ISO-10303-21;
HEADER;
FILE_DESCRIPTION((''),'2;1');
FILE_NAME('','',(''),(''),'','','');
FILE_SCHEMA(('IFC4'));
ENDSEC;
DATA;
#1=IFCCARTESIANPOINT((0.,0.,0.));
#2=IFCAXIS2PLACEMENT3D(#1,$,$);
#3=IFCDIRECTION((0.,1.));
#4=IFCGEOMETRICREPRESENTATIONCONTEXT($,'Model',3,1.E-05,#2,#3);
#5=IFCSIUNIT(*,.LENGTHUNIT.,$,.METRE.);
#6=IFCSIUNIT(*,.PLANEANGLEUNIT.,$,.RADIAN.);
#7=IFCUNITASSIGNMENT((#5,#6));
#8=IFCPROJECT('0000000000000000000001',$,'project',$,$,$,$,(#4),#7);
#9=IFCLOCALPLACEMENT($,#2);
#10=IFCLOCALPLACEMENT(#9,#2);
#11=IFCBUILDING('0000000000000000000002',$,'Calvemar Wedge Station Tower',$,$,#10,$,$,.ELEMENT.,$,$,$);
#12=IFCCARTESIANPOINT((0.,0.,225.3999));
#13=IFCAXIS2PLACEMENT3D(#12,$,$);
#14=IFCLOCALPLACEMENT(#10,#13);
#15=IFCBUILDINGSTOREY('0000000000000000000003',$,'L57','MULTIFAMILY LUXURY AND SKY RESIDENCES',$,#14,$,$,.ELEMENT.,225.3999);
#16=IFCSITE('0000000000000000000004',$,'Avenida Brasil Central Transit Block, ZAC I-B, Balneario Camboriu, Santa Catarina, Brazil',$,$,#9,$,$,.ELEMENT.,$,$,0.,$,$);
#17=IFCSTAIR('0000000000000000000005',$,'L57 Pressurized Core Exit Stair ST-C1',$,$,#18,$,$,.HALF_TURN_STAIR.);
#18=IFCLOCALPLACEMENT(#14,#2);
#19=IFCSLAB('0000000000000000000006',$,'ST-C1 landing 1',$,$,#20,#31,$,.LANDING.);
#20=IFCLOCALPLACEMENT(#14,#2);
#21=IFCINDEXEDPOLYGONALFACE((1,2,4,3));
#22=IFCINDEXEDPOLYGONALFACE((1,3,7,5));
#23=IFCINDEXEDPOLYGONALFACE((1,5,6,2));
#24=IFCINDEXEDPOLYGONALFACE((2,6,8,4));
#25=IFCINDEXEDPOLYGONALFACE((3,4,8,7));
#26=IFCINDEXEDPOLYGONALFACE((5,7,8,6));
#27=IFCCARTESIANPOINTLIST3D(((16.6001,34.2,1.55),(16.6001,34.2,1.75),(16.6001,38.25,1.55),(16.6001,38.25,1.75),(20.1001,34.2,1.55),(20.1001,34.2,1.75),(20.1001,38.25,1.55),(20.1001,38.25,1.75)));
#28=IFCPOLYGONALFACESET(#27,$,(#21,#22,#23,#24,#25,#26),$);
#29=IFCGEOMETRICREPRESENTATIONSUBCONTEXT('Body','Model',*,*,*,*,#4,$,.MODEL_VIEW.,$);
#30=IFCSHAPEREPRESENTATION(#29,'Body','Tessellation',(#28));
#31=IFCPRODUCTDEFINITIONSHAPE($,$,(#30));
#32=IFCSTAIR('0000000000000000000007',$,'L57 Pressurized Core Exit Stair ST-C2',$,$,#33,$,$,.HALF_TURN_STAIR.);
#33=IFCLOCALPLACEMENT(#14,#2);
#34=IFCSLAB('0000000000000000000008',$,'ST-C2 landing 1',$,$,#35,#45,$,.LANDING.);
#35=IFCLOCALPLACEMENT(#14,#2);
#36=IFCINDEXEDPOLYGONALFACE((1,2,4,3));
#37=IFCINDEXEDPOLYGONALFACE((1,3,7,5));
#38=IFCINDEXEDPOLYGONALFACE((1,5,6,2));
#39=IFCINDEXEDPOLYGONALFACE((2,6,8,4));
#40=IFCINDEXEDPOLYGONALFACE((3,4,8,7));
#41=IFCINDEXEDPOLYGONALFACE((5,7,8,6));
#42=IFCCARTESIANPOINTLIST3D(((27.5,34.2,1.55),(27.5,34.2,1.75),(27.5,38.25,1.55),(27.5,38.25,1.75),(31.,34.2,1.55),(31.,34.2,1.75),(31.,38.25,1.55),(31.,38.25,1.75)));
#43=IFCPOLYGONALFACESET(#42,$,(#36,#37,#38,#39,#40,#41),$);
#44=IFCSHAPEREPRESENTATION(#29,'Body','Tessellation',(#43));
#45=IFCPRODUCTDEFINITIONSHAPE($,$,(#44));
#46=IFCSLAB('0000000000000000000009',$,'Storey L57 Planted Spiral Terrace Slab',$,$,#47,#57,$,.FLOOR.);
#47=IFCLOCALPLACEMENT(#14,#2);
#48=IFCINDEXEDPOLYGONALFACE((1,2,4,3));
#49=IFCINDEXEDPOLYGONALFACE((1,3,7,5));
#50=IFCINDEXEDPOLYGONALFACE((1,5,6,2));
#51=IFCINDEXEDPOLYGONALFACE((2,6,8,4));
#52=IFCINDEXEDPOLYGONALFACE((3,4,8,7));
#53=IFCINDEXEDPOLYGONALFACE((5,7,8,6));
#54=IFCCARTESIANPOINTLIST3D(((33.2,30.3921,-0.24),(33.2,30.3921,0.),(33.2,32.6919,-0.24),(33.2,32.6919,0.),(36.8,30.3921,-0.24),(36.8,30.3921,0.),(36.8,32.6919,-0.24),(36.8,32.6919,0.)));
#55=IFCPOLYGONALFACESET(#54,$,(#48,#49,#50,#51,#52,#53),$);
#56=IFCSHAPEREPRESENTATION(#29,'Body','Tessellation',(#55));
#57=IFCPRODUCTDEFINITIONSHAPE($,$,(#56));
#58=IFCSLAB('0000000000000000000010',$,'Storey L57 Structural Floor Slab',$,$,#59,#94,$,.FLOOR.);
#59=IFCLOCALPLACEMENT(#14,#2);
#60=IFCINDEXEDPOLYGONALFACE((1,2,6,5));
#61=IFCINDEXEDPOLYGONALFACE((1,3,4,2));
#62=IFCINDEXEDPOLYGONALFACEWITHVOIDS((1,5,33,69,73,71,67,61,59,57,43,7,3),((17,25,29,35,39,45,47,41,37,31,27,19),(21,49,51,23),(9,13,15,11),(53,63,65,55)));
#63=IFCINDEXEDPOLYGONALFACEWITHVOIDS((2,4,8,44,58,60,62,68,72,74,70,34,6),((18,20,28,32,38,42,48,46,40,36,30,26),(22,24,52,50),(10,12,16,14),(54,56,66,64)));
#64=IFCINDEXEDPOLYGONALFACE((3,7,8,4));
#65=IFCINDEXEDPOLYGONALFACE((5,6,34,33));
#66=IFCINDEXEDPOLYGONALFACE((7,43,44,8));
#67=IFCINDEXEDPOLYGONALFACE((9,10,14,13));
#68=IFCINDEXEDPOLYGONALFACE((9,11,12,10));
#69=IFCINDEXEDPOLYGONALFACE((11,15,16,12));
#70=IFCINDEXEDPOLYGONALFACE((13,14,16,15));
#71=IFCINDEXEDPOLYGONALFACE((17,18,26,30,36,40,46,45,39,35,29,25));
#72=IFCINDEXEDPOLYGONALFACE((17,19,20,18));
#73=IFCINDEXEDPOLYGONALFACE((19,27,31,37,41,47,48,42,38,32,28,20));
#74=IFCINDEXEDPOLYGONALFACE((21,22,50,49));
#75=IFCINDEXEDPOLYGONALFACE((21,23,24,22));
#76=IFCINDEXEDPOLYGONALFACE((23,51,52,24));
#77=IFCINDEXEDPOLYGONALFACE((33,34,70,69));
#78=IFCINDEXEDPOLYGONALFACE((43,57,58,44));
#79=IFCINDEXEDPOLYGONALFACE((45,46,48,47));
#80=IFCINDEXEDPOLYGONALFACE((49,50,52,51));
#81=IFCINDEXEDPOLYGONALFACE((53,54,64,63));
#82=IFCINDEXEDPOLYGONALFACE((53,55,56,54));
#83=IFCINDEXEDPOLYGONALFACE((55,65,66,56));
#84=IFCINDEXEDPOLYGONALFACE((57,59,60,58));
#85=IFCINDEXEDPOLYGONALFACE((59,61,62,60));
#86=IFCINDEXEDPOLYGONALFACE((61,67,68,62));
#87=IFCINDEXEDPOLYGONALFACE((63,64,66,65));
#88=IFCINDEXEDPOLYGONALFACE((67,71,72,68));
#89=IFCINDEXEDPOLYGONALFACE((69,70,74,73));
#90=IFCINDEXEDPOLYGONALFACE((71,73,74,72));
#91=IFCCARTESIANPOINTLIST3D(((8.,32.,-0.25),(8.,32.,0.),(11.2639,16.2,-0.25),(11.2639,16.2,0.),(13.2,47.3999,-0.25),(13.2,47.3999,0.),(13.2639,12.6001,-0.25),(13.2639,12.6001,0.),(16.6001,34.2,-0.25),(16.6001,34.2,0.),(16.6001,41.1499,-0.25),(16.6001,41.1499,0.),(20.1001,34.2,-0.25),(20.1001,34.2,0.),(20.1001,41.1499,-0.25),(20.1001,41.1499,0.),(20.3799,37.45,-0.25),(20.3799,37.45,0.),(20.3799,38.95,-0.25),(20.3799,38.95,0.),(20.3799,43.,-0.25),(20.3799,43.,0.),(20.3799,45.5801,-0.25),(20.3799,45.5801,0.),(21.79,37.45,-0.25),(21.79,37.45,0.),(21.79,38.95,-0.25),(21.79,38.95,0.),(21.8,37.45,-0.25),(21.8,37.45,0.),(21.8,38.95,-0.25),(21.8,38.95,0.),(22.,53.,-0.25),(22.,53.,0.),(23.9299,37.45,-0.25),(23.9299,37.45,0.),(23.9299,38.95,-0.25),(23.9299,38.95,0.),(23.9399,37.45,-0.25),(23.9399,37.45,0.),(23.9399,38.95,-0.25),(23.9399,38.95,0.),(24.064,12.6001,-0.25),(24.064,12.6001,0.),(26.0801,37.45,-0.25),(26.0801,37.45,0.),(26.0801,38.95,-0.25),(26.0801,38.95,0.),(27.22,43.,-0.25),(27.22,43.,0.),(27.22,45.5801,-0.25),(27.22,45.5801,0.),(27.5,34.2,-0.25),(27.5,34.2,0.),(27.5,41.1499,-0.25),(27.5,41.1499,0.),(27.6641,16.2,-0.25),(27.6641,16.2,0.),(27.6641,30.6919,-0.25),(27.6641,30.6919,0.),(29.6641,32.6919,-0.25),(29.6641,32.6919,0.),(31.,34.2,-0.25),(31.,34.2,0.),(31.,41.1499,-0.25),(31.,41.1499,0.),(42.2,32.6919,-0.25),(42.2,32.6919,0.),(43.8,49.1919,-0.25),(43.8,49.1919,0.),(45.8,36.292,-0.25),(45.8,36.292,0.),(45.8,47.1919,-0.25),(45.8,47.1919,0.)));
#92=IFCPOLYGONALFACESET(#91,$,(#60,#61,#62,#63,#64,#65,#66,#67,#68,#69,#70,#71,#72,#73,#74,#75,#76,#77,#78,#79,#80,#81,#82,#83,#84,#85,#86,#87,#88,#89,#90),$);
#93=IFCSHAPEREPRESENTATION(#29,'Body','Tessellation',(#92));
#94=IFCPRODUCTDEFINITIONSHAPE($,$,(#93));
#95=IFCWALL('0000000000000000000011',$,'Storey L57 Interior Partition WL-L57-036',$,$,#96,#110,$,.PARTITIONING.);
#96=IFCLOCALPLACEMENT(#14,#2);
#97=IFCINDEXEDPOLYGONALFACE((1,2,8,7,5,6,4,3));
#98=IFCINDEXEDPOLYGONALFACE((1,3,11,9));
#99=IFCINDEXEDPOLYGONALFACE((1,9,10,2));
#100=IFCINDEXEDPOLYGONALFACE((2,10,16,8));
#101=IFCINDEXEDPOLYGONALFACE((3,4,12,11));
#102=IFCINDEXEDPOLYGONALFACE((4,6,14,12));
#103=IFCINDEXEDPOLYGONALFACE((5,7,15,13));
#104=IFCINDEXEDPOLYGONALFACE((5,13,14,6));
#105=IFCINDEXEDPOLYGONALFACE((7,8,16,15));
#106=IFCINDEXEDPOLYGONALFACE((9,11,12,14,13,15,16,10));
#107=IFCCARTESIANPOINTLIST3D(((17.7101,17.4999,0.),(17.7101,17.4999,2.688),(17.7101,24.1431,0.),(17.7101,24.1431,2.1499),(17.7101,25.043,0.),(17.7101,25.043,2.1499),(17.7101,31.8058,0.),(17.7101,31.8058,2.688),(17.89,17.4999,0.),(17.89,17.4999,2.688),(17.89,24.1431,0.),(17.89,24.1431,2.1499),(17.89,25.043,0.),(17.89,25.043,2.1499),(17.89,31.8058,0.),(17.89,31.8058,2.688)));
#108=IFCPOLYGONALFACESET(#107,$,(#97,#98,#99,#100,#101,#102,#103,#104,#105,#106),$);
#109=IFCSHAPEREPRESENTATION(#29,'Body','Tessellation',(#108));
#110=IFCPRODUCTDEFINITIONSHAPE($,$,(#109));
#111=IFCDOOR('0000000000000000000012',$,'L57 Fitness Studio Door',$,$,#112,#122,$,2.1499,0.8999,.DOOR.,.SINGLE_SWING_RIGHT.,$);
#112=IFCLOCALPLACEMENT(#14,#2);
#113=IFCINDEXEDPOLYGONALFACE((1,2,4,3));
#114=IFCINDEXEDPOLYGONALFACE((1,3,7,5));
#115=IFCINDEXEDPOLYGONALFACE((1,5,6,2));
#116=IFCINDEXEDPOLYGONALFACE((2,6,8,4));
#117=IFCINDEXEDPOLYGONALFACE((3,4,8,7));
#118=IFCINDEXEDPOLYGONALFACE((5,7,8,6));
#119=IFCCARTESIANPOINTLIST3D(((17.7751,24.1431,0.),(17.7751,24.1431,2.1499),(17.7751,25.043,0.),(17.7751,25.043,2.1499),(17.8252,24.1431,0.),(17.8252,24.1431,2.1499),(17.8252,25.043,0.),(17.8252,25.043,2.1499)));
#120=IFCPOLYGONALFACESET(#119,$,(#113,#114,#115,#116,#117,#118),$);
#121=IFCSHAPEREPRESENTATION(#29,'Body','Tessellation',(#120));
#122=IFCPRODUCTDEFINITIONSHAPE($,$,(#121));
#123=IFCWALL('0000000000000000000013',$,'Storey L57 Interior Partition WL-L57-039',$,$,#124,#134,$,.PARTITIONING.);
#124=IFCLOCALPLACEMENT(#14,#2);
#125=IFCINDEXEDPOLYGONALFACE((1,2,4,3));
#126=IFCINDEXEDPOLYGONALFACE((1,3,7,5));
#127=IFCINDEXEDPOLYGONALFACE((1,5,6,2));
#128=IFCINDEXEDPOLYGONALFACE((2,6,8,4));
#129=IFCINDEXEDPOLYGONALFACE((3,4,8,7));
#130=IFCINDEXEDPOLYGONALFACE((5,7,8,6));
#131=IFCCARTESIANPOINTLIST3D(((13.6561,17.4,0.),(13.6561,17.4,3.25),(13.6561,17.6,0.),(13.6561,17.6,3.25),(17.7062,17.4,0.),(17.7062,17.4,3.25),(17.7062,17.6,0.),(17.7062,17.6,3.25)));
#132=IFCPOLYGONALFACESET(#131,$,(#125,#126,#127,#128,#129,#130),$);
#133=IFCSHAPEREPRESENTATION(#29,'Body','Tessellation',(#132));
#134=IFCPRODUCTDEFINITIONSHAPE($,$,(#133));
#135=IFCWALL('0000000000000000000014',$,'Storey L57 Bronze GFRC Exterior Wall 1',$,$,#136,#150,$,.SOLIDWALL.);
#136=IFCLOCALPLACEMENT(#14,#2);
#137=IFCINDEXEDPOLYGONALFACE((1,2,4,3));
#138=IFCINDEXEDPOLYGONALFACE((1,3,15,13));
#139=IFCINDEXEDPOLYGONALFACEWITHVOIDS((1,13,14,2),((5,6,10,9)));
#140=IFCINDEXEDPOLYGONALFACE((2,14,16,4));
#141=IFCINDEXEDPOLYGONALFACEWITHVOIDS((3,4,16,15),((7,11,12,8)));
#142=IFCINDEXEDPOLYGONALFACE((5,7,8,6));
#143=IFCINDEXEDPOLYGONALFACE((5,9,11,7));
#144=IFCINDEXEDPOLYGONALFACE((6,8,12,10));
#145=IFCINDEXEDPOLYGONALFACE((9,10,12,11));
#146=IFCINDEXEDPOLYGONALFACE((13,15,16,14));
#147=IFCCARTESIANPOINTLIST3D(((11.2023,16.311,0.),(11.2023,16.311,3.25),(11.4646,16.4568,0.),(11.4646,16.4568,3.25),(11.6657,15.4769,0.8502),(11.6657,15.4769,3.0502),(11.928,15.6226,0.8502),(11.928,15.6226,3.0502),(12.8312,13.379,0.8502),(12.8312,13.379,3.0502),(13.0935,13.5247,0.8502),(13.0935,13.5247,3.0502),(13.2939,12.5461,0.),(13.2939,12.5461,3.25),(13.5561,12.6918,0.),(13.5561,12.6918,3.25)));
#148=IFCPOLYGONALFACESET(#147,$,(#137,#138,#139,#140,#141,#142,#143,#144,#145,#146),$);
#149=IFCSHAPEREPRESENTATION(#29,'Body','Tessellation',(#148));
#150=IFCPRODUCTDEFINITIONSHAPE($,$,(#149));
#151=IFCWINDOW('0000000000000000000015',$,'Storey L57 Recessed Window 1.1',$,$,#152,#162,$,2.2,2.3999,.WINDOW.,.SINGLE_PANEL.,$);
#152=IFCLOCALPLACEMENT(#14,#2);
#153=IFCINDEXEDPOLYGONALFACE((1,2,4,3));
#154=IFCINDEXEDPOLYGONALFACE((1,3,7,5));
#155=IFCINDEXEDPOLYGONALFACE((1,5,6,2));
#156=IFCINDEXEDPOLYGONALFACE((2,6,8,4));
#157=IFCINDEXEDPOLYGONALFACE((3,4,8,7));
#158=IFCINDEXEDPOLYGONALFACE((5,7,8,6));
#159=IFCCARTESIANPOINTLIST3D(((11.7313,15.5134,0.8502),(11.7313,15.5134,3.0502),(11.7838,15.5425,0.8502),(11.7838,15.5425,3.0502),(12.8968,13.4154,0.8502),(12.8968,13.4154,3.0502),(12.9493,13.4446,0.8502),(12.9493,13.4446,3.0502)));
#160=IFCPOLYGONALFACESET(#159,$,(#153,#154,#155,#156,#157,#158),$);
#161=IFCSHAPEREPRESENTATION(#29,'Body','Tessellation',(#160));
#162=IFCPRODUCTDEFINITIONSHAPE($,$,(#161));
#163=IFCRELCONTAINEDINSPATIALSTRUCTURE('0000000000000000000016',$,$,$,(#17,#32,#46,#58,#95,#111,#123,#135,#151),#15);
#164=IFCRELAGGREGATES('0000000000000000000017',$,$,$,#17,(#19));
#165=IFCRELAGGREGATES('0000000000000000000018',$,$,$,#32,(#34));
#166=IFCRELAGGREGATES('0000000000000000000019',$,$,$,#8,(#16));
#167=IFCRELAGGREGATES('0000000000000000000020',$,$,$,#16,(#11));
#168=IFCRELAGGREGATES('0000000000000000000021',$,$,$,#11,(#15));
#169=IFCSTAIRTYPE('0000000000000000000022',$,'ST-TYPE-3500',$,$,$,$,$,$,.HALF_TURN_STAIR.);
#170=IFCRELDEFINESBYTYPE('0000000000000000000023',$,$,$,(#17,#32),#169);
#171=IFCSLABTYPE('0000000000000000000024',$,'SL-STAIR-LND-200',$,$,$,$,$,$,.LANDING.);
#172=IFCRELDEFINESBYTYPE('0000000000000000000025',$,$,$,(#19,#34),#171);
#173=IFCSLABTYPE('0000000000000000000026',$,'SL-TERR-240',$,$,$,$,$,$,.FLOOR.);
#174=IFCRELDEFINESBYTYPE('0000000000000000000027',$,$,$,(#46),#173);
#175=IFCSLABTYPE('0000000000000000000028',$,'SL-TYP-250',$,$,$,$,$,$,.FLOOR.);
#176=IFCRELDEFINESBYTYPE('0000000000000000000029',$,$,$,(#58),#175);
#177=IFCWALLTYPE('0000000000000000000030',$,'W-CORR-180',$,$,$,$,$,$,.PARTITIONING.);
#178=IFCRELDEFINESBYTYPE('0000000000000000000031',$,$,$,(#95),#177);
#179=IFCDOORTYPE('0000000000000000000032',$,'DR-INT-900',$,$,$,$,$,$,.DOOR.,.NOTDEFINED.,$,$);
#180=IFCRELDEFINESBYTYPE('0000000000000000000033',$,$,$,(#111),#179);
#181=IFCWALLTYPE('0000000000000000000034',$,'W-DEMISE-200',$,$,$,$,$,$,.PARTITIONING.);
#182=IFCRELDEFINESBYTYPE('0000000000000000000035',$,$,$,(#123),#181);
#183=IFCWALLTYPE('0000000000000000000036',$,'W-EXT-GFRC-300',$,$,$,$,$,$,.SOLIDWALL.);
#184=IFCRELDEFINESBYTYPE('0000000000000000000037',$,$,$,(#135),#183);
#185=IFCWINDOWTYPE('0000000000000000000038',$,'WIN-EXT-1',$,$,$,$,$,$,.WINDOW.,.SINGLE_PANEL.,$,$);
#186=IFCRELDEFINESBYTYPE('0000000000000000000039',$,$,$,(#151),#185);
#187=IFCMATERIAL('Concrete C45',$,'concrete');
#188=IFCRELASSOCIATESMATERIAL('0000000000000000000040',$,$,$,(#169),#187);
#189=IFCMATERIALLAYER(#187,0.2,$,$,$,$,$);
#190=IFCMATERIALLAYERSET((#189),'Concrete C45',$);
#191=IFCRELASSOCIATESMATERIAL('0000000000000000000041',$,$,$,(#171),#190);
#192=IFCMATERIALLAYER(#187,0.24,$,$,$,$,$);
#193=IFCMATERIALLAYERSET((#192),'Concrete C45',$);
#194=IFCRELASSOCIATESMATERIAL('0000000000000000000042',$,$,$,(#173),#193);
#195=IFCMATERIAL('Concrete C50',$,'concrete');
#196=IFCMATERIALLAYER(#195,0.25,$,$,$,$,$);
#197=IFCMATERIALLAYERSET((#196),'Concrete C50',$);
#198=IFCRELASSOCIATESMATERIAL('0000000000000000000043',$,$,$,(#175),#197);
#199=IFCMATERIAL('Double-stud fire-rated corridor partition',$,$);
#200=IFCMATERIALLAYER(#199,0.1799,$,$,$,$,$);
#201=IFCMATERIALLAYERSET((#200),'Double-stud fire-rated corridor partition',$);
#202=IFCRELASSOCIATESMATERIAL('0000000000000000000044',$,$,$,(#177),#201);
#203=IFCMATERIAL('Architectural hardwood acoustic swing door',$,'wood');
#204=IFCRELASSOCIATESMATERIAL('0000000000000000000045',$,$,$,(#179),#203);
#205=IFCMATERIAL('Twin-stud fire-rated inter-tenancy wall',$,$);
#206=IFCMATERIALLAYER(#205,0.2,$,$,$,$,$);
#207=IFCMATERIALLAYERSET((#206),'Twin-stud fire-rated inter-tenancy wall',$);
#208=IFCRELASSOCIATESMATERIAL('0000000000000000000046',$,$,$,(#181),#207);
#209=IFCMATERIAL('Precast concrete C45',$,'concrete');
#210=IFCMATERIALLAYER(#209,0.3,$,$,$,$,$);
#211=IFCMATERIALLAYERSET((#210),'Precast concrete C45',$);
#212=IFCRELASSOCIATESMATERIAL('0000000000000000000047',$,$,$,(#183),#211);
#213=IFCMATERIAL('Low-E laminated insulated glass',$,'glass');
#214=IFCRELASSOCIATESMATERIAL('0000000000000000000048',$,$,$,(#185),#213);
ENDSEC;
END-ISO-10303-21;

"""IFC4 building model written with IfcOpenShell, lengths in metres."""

from ifc_helpers import new_model, si_unit, direction, frame, frame_2d, origin, place, context, subcontext, project, spatial, polyline, rectangle, outline, extrude, source, transform, mapped, material, layer, layer_set, type_object, element, fill, aggregate, save


model = new_model("IFC4")

# Units and contexts
model_context = context("Model", 3, precision=1e-05, world=origin(), true_north=direction((0.0, 1.0)))
body_context = subcontext(model_context, "Body", "Model", "MODEL_VIEW")
ifc_project = project(units=[si_unit("LENGTHUNIT", "METRE"), si_unit("PLANEANGLEUNIT", "RADIAN")], contexts=[model_context])

# Site, building, storey
site_placement = place(None, origin())
site = spatial("IfcSite", under=ifc_project, at=site_placement, Name="Avenida Brasil Central Transit Block, ZAC I-B, Balneario Camboriu, Santa Catarina, Brazil", CompositionType="ELEMENT", RefElevation=0.0)
building_placement = place(site_placement, origin())
building = spatial("IfcBuilding", under=site, at=building_placement, Name="Calvemar Wedge Station Tower", CompositionType="ELEMENT")
storey_placement = place(building_placement, frame((0.0, 0.0, 225.3999)))
storey = spatial("IfcBuildingStorey", under=building, at=storey_placement, Name="L57", Description="MULTIFAMILY LUXURY AND SKY RESIDENCES", CompositionType="ELEMENT", Elevation=225.3999)

# Shared definitions
ifc_material_1 = material(Name="Concrete C50", Category="concrete")

# Stairs, slabs
ifc_material_2 = material(Name="Concrete C45", Category="concrete")
stair_type = type_object("IfcStairType", Name="ST-TYPE-3500", PredefinedType="HALF_TURN_STAIR", material=ifc_material_2)
stair_1_placement = place(storey_placement, origin())
stair_1 = element("IfcStair", 1, at=stair_1_placement, inside=storey, type_object=stair_type, Name="L57 Pressurized Core Exit Stair ST-C1", PredefinedType="HALF_TURN_STAIR")
ifc_layer_1 = layer(ifc_material_2, 0.2)
ifc_layer_set_1 = layer_set([ifc_layer_1], Name="Concrete C45")
slab_type_1 = type_object("IfcSlabType", Name="SL-STAIR-LND-200", PredefinedType="LANDING", material=ifc_layer_set_1)
slab_1_placement = place(storey_placement, frame((0.0, 0.0, 1.55)))
slab_1 = element("IfcSlab", 2, at=slab_1_placement, type_object=slab_type_1, Name="ST-C1 landing 1", PredefinedType="LANDING", context=body_context, shape_type="SweptSolid", body=[
    extrude(outline(polyline([(16.6001, 38.25), (16.6001, 34.2), (20.1001, 34.2), (20.1001, 38.25), (16.6001, 38.25)])), origin(), (0.0, 0.0, 1.0), 0.2),
])
aggregate(stair_1, [slab_1])
stair_2_placement = place(storey_placement, origin())
stair_2 = element("IfcStair", 3, at=stair_2_placement, inside=storey, type_object=stair_type, Name="L57 Pressurized Core Exit Stair ST-C2", PredefinedType="HALF_TURN_STAIR")
slab_2_placement = place(storey_placement, frame((0.0, 0.0, 1.55)))
slab_2 = element("IfcSlab", 4, at=slab_2_placement, type_object=slab_type_1, Name="ST-C2 landing 1", PredefinedType="LANDING", context=body_context, shape_type="SweptSolid", body=[
    extrude(outline(polyline([(27.5, 38.25), (27.5, 34.2), (31.0, 34.2), (31.0, 38.25), (27.5, 38.25)])), origin(), (0.0, 0.0, 1.0), 0.2),
])
aggregate(stair_2, [slab_2])

# Slabs
ifc_layer_2 = layer(ifc_material_2, 0.24)
ifc_layer_set_2 = layer_set([ifc_layer_2], Name="Concrete C45")
slab_type_2 = type_object("IfcSlabType", Name="SL-TERR-240", PredefinedType="FLOOR", material=ifc_layer_set_2)
slab_3_placement = place(storey_placement, frame((0.0, 0.0, -0.24)))
element("IfcSlab", 5, at=slab_3_placement, inside=storey, type_object=slab_type_2, Name="Storey L57 Planted Spiral Terrace Slab", PredefinedType="FLOOR", context=body_context, shape_type="SweptSolid", body=[
    extrude(outline(polyline([(33.2, 32.6919), (33.2, 30.3921), (36.8, 30.3921), (36.8, 32.6919), (33.2, 32.6919)])), origin(), (0.0, 0.0, 1.0), 0.24),
])
ifc_layer_3 = layer(ifc_material_1, 0.25)
ifc_layer_set_3 = layer_set([ifc_layer_3], Name="Concrete C50")
slab_type_3 = type_object("IfcSlabType", Name="SL-TYP-250", PredefinedType="FLOOR", material=ifc_layer_set_3)
slab_4_placement = place(storey_placement, frame((0.0, 0.0, -0.25)))
element("IfcSlab", 6, at=slab_4_placement, inside=storey, type_object=slab_type_3, Name="Storey L57 Structural Floor Slab", PredefinedType="FLOOR", context=body_context, shape_type="SweptSolid", body=[
    extrude(outline(polyline([(8.0, 32.0), (11.2639, 16.2), (13.2639, 12.6001), (24.064, 12.6001), (27.6641, 16.2), (27.6641, 30.6919), (29.6641, 32.6919), (42.2, 32.6919), (45.8, 36.292), (45.8, 47.1919), (43.8, 49.1919), (22.0, 53.0), (13.2, 47.3999), (8.0, 32.0)]), holes=[polyline([(20.1001, 34.2), (20.1001, 41.1499), (16.6001, 41.1499), (16.6001, 34.2), (20.1001, 34.2)]), polyline([(27.5, 34.2), (31.0, 34.2), (31.0, 41.1499), (27.5, 41.1499), (27.5, 34.2)]), polyline([(21.8, 37.45), (23.9299, 37.45), (23.9399, 37.45), (26.0801, 37.45), (26.0801, 38.95), (23.9399, 38.95), (23.9299, 38.95), (21.8, 38.95), (21.79, 38.95), (20.3799, 38.95), (20.3799, 37.45), (21.79, 37.45), (21.8, 37.45)]), polyline([(27.22, 43.0), (27.22, 45.5801), (20.3799, 45.5801), (20.3799, 43.0), (27.22, 43.0)])]), origin(), (0.0, 0.0, 1.0), 0.25),
])

# Wall, opening, door
ifc_material_3 = material(Name="Double-stud fire-rated corridor partition")
ifc_layer_4 = layer(ifc_material_3, 0.1799)
ifc_layer_set_4 = layer_set([ifc_layer_4], Name="Double-stud fire-rated corridor partition")
wall_type_1 = type_object("IfcWallType", Name="W-CORR-180", PredefinedType="PARTITIONING", material=ifc_layer_set_4)
wall_1_placement = place(storey_placement, frame((17.8, 17.5, 0.0), z_axis=(0.0, 0.0, 1.0), x_axis=(0.0, 1.0, 0.0)))
wall_1 = element("IfcWall", 7, at=wall_1_placement, inside=storey, type_object=wall_type_1, Name="Storey L57 Interior Partition WL-L57-036", PredefinedType="PARTITIONING", context=body_context, shape_type="SweptSolid", body=[
    extrude(rectangle(XDim=14.3059, YDim=0.1799, at=frame_2d((7.1528, 0.0))), origin(), (0.0, 0.0, 1.0), 2.688),
])
shared_shape_1 = source(origin(), body_context, "Body", "SweptSolid", [
    extrude(rectangle(XDim=0.8999, YDim=2.1499, at=frame_2d((0.45, 1.075))), frame((0.0, 0.1001, 0.0), z_axis=(0.0, -1.0, 0.0), x_axis=(1.0, 0.0, 0.0)), (0.0, 0.0, 1.0), 0.2),
])
opening_1_placement = place(wall_1_placement, frame((6.6431, 0.0, 0.0)))
opening_1 = element("IfcOpeningElement", 8, at=opening_1_placement, cuts=wall_1, PredefinedType="OPENING", context=body_context, shape_type="MappedRepresentation", body=[
    mapped(shared_shape_1, transform((0.0, 0.0, 0.0), scale=1.0)),
])
ifc_material_4 = material(Name="Architectural hardwood acoustic swing door", Category="wood")
door_type_1 = type_object("IfcDoorType", Name="DR-INT-900", OperationType="NOTDEFINED", PredefinedType="DOOR", material=ifc_material_4)
shared_shape_2 = source(origin(), body_context, "Body", "SweptSolid", [
    extrude(rectangle(XDim=0.8999, YDim=2.1499, at=frame_2d((0.45, 1.075))), frame((0.0, 0.0249, 0.0), z_axis=(0.0, -1.0, 0.0), x_axis=(1.0, 0.0, 0.0)), (0.0, 0.0, 1.0), 0.05),
])
door_1_placement = place(opening_1_placement, origin())
door_1 = element("IfcDoor", 9, at=door_1_placement, inside=storey, type_object=door_type_1, Name="L57 Fitness Studio Door", OperationType="SINGLE_SWING_RIGHT", OverallHeight=2.1499, OverallWidth=0.8999, PredefinedType="DOOR", context=body_context, shape_type="MappedRepresentation", body=[
    mapped(shared_shape_2, transform((0.0, 0.0, 0.0), scale=1.0)),
])
fill(opening_1, door_1)

# Wall
ifc_material_5 = material(Name="Twin-stud fire-rated inter-tenancy wall")
ifc_layer_5 = layer(ifc_material_5, 0.2)
ifc_layer_set_5 = layer_set([ifc_layer_5], Name="Twin-stud fire-rated inter-tenancy wall")
wall_type_2 = type_object("IfcWallType", Name="W-DEMISE-200", PredefinedType="PARTITIONING", material=ifc_layer_set_5)
wall_2_placement = place(storey_placement, frame((17.7061, 17.5, 0.0), z_axis=(0.0, 0.0, 1.0), x_axis=(-1.0, 0.0, 0.0)))
element("IfcWall", 10, at=wall_2_placement, inside=storey, type_object=wall_type_2, Name="Storey L57 Interior Partition WL-L57-039", PredefinedType="PARTITIONING", context=body_context, shape_type="SweptSolid", body=[
    extrude(rectangle(XDim=4.05, YDim=0.2, at=frame_2d((2.0249, 0.0))), origin(), (0.0, 0.0, 1.0), 3.25),
])

# Wall, opening, window
ifc_material_6 = material(Name="Precast concrete C45", Category="concrete")
ifc_layer_6 = layer(ifc_material_6, 0.3)
ifc_layer_set_6 = layer_set([ifc_layer_6], Name="Precast concrete C45")
wall_type_3 = type_object("IfcWallType", Name="W-EXT-GFRC-300", PredefinedType="SOLIDWALL", material=ifc_layer_set_6)
wall_3_placement = place(storey_placement, frame((11.3335, 16.3838, 0.0), z_axis=(0.0, 0.0, 1.0), x_axis=(0.485633, -0.874163, 0.0)))
wall_3 = element("IfcWall", 11, at=wall_3_placement, inside=storey, type_object=wall_type_3, Name="Storey L57 Bronze GFRC Exterior Wall 1", PredefinedType="SOLIDWALL", context=body_context, shape_type="SweptSolid", body=[
    extrude(rectangle(XDim=4.3069, YDim=0.3, at=frame_2d((2.1533, 0.0))), origin(), (0.0, 0.0, 1.0), 3.25),
])
shared_shape_3 = source(origin(), body_context, "Body", "SweptSolid", [
    extrude(rectangle(XDim=2.3999, YDim=2.2, at=frame_2d((1.2, 1.1001))), frame((0.0, 0.1602, 0.0), z_axis=(0.0, -1.0, 0.0), x_axis=(1.0, 0.0, 0.0)), (0.0, 0.0, 1.0), 0.3201),
])
opening_2_placement = place(wall_3_placement, frame((0.9541, 0.0, 0.8501)))
opening_2 = element("IfcOpeningElement", 12, at=opening_2_placement, cuts=wall_3, PredefinedType="OPENING", context=body_context, shape_type="MappedRepresentation", body=[
    mapped(shared_shape_3, transform((0.0, 0.0, 0.0), scale=1.0)),
])
ifc_material_7 = material(Name="Low-E laminated insulated glass", Category="glass")
window_type_1 = type_object("IfcWindowType", Name="WIN-EXT-1", PartitioningType="SINGLE_PANEL", PredefinedType="WINDOW", material=ifc_material_7)
shared_shape_4 = source(origin(), body_context, "Body", "SweptSolid", [
    extrude(rectangle(XDim=2.3999, YDim=2.2, at=frame_2d((1.2, 1.1001))), frame((0.0, -0.0149, 0.0), z_axis=(0.0, -1.0, 0.0), x_axis=(1.0, 0.0, 0.0)), (0.0, 0.0, 1.0), 0.0601),
])
window_1_placement = place(opening_2_placement, origin())
window_1 = element("IfcWindow", 13, at=window_1_placement, inside=storey, type_object=window_type_1, Name="Storey L57 Recessed Window 1.1", OverallHeight=2.2, OverallWidth=2.3999, PartitioningType="SINGLE_PANEL", PredefinedType="WINDOW", context=body_context, shape_type="MappedRepresentation", body=[
    mapped(shared_shape_4, transform((0.0, 0.0, 0.0), scale=1.0)),
])
fill(opening_2, window_1)

save(model, "model.ifc")
